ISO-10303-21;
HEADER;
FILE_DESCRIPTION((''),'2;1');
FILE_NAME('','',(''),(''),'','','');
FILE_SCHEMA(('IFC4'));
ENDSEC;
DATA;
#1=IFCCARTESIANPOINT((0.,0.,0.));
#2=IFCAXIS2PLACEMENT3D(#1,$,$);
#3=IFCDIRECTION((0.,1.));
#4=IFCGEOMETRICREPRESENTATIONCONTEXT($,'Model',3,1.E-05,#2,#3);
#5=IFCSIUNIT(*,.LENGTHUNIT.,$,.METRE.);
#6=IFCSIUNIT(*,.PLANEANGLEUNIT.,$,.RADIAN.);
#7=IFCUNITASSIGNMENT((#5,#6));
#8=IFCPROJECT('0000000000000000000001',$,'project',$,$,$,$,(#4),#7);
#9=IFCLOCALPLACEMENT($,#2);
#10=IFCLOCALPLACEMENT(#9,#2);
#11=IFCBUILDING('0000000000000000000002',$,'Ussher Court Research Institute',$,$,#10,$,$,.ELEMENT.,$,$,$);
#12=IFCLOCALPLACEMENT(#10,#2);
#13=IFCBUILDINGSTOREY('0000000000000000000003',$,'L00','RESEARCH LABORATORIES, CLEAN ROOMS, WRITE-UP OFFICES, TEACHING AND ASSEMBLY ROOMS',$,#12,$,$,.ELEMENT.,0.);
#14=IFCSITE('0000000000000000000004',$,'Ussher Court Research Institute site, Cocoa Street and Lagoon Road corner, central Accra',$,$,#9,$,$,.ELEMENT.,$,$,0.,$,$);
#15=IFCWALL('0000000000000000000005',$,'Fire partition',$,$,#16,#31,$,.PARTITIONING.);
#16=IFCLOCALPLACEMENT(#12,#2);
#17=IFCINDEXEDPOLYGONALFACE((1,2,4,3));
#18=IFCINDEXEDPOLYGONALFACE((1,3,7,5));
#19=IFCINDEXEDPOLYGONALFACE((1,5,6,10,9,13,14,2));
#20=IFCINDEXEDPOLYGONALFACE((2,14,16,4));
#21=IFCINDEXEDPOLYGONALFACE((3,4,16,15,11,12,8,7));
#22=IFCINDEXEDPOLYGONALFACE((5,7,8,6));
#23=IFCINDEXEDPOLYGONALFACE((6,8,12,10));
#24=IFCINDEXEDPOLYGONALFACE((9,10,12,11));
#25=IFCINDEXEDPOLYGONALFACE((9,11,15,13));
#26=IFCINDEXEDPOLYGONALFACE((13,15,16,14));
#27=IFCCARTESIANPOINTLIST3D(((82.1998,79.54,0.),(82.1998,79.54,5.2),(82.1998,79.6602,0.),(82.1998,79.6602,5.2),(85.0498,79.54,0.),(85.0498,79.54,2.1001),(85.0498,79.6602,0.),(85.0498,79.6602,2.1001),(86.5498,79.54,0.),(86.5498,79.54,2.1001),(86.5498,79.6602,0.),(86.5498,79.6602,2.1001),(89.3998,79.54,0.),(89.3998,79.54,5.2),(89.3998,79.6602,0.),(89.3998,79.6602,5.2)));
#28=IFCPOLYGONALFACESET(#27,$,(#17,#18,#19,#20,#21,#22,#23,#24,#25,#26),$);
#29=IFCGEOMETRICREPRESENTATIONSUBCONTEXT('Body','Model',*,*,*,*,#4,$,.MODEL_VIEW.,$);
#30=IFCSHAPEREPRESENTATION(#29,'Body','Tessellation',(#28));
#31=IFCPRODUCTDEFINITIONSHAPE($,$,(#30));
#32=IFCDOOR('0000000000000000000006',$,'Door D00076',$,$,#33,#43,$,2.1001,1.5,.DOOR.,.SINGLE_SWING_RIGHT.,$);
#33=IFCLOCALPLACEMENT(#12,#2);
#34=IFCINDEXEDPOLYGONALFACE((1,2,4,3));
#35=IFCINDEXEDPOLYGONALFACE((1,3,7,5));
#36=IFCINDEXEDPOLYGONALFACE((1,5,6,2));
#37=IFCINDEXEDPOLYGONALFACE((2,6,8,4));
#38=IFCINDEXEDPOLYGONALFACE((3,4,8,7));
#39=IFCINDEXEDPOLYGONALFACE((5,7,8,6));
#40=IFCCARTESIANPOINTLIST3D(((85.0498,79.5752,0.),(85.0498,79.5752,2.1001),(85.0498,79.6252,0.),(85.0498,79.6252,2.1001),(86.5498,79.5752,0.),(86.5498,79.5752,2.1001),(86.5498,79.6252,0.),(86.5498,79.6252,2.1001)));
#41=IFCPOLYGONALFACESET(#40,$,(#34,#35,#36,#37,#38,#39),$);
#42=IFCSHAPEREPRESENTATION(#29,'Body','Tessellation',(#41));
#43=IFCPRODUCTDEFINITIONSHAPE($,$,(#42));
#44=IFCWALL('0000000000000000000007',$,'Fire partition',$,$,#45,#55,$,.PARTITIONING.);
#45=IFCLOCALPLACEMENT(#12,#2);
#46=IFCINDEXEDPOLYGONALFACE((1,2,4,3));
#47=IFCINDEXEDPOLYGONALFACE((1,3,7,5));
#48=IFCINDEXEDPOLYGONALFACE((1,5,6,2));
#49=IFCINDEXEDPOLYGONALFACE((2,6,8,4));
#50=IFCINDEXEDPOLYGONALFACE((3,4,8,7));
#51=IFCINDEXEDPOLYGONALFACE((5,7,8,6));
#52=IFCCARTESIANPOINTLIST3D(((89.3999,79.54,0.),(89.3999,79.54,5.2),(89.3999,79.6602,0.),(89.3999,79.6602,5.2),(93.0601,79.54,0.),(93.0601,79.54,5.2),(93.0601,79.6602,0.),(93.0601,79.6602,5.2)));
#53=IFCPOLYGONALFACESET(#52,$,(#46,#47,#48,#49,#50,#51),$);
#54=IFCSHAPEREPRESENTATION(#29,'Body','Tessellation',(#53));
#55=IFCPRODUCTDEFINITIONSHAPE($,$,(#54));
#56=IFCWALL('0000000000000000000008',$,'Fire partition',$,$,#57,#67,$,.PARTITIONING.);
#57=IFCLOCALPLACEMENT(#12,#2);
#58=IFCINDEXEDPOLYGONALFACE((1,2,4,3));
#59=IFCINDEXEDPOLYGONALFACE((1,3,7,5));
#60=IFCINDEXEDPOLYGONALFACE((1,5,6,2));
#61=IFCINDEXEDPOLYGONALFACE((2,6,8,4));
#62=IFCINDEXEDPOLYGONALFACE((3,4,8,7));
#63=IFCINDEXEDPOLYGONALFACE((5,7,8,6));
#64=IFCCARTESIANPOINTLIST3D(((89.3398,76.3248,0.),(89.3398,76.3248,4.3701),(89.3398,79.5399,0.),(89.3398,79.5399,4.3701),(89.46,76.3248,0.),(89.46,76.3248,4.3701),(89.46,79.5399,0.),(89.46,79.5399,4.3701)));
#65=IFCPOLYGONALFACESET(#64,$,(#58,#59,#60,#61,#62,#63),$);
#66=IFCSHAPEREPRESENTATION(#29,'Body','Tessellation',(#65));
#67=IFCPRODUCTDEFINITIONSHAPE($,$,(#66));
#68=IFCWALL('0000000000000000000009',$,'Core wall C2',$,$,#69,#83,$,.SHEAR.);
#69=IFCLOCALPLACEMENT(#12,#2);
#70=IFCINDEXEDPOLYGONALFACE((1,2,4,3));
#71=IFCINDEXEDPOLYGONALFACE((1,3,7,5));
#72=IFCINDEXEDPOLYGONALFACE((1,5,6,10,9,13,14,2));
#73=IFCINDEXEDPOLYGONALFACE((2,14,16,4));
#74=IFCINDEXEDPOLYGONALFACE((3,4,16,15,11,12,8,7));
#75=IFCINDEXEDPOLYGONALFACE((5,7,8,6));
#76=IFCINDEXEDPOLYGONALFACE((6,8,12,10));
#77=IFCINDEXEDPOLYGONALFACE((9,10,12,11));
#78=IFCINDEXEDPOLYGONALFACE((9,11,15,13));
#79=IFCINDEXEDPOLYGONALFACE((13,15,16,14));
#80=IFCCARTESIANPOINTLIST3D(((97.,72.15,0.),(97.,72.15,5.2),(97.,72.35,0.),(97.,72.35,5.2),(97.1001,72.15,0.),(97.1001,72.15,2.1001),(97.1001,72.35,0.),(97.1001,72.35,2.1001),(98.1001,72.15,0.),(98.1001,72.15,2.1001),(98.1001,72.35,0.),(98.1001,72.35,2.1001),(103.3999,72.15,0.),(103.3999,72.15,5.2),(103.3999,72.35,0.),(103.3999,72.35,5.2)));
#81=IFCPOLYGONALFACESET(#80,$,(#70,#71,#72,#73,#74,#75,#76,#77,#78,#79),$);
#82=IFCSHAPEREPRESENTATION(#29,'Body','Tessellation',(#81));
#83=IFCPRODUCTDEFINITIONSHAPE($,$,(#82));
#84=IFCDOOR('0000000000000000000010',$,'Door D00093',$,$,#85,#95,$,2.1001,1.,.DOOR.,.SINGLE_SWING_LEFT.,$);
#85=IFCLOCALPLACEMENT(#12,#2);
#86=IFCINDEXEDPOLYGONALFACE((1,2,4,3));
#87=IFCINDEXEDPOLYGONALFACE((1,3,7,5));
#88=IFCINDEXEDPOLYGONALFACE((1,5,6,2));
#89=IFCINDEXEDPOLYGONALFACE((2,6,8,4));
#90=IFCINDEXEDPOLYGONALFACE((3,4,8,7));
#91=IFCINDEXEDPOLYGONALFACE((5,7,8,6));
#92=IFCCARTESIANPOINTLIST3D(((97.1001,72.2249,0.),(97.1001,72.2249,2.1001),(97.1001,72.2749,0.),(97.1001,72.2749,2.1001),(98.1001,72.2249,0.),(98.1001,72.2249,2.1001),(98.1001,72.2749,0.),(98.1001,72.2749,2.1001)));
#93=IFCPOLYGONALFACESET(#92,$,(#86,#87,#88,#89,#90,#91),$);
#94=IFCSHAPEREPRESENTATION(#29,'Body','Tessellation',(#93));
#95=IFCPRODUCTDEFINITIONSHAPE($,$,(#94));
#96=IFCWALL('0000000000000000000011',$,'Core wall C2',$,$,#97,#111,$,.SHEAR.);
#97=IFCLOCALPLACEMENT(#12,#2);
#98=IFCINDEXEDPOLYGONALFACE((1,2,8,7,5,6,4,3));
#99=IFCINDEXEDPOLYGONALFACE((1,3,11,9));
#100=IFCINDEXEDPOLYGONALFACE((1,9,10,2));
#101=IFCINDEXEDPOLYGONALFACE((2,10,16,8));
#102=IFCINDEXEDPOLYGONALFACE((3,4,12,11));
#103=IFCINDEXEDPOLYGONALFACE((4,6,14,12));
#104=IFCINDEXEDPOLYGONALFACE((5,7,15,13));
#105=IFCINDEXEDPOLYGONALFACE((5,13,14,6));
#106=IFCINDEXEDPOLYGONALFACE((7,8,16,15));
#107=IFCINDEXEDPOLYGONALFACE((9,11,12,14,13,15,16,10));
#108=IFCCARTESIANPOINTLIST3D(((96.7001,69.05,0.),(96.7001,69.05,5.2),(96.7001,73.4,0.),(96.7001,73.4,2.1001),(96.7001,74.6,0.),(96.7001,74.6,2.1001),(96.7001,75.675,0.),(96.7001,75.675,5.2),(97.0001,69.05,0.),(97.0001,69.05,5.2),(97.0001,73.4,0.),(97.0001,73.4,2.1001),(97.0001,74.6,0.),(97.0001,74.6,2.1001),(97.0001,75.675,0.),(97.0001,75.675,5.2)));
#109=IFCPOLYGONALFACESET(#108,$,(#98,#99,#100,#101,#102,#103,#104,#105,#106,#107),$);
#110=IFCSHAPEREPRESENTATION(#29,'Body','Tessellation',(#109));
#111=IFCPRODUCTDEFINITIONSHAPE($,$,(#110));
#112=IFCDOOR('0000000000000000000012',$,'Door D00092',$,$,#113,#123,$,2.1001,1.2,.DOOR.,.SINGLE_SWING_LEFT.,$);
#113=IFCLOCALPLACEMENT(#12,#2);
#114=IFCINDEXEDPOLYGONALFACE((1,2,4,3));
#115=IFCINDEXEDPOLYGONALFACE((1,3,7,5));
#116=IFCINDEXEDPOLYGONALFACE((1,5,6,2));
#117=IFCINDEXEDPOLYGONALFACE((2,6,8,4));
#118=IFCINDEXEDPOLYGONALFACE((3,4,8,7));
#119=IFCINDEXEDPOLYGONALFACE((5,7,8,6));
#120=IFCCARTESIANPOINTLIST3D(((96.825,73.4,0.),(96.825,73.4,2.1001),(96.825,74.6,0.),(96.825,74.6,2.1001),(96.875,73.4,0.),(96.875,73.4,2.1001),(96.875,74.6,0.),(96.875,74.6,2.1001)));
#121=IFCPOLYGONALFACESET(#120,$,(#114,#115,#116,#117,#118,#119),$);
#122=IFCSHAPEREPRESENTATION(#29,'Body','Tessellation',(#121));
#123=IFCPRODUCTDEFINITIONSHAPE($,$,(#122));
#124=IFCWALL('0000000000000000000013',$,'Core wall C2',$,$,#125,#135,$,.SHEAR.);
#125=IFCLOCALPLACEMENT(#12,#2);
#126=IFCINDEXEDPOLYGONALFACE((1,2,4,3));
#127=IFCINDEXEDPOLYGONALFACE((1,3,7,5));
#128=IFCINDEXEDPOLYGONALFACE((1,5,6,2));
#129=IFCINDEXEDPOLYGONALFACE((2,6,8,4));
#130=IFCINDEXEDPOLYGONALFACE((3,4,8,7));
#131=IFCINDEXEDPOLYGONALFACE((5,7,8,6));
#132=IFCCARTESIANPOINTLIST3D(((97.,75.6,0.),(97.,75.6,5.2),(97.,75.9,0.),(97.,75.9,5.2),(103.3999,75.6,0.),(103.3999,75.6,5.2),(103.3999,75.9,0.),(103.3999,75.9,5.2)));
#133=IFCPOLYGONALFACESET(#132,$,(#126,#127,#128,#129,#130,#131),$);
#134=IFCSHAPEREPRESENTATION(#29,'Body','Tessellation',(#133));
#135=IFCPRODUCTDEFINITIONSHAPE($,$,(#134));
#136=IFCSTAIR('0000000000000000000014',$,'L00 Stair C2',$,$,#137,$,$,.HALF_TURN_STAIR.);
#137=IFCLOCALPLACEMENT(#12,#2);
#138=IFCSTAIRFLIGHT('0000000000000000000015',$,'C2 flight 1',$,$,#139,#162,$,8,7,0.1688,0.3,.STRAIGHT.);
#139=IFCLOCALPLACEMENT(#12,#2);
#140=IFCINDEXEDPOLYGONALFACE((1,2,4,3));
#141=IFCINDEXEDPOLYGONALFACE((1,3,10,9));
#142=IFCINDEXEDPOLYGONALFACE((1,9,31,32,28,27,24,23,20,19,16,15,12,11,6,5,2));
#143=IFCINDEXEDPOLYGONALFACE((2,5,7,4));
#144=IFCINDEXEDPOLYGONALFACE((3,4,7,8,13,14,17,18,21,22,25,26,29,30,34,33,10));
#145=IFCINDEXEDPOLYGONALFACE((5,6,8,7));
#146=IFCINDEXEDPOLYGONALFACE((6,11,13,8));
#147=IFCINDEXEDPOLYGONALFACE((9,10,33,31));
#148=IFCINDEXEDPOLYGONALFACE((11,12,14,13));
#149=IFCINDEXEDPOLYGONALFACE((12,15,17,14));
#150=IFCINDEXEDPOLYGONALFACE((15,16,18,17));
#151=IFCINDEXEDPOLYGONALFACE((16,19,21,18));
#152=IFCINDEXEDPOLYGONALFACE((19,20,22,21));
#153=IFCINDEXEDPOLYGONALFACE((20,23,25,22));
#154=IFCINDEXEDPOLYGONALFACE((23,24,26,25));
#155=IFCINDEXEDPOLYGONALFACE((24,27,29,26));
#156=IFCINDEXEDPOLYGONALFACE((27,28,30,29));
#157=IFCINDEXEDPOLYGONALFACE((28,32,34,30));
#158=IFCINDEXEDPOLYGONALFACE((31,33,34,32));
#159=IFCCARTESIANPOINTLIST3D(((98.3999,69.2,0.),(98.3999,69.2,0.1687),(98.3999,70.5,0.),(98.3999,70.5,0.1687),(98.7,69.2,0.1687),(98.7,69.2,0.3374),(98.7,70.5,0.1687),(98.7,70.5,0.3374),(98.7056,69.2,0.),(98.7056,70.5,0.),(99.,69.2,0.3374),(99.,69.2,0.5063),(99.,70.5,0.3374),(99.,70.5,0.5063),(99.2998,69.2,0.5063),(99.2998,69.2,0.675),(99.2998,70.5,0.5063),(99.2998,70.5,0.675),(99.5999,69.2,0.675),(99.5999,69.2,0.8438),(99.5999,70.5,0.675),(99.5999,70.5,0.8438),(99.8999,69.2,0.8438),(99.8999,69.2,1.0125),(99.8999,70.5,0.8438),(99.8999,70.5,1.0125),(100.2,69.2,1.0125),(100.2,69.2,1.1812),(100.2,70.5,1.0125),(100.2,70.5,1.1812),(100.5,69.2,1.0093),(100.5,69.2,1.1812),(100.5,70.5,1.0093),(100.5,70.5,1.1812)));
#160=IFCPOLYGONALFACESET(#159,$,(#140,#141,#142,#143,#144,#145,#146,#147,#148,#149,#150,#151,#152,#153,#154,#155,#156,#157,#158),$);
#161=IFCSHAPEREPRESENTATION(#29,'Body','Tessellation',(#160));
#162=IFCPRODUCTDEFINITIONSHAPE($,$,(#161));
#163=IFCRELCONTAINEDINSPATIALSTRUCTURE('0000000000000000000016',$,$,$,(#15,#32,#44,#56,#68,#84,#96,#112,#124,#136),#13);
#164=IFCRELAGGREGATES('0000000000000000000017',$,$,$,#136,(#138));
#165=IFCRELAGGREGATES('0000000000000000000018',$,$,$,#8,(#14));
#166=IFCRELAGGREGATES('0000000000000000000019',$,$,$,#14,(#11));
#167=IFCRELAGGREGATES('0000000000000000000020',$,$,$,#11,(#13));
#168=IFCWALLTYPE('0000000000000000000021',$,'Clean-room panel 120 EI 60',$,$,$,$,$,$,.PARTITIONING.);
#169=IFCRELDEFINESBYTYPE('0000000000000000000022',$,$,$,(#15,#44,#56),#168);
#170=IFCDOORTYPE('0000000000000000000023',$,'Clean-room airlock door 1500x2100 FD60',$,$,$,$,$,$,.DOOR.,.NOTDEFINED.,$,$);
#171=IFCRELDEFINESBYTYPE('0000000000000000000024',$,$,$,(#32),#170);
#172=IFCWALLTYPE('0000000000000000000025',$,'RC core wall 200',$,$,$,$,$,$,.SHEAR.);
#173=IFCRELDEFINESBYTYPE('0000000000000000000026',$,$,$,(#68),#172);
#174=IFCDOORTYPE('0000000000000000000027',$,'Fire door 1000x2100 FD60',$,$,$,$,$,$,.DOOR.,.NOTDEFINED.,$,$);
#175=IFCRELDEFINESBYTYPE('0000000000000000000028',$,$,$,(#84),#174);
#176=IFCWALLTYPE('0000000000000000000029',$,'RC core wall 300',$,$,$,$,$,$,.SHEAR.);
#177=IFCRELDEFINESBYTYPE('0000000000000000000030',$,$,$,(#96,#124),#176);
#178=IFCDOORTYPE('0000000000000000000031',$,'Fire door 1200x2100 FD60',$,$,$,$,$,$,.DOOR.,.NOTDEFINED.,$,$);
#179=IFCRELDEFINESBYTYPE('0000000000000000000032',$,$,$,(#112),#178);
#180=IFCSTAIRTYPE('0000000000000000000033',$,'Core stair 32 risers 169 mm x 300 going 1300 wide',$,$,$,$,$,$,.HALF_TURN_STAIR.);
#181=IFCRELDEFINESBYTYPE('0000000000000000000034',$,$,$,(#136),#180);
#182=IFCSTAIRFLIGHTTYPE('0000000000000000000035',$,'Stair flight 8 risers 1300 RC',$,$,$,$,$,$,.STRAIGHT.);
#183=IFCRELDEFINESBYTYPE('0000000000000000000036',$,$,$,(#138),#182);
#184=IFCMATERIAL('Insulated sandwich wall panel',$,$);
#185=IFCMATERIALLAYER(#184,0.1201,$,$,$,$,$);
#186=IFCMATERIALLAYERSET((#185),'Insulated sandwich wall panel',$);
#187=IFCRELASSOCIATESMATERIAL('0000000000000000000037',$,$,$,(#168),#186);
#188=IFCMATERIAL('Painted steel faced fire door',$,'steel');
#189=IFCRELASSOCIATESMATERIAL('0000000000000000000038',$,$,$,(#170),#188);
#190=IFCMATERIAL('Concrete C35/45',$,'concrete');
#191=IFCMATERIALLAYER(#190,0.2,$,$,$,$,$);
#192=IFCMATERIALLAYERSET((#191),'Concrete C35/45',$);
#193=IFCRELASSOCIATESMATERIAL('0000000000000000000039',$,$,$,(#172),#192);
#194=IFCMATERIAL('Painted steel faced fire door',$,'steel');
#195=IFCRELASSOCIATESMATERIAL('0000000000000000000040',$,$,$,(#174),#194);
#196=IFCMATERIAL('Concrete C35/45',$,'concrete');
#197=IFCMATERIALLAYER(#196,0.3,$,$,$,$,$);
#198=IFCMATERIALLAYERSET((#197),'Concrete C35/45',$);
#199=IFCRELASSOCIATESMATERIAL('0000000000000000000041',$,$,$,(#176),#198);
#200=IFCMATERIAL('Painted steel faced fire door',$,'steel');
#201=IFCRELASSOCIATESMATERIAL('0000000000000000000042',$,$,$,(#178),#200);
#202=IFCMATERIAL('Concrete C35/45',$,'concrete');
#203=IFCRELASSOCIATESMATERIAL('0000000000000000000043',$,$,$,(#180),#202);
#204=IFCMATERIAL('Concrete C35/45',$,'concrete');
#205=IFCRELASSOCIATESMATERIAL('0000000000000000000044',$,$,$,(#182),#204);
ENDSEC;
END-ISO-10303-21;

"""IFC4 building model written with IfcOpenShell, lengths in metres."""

from ifc_helpers import new_model, si_unit, direction, frame, frame_2d, origin, place, context, subcontext, project, spatial, polyline, rectangle, outline, extrude, material, layer, layer_set, type_object, element, fill, aggregate, save


model = new_model("IFC4")

# Units and contexts
model_context = context("Model", 3, precision=1e-05, world=origin(), true_north=direction((0.0, 1.0)))
body_context = subcontext(model_context, "Body", "Model", "MODEL_VIEW")
ifc_project = project(units=[si_unit("LENGTHUNIT", "METRE"), si_unit("PLANEANGLEUNIT", "RADIAN")], contexts=[model_context])

# Site, building, storey
site_placement = place(None, origin())
site = spatial("IfcSite", under=ifc_project, at=site_placement, Name="Ussher Court Research Institute site, Cocoa Street and Lagoon Road corner, central Accra", CompositionType="ELEMENT", RefElevation=0.0)
building_placement = place(site_placement, origin())
building = spatial("IfcBuilding", under=site, at=building_placement, Name="Ussher Court Research Institute", CompositionType="ELEMENT")
storey_placement = place(building_placement, origin())
storey = spatial("IfcBuildingStorey", under=building, at=storey_placement, Name="L00", Description="RESEARCH LABORATORIES, CLEAN ROOMS, WRITE-UP OFFICES, TEACHING AND ASSEMBLY ROOMS", CompositionType="ELEMENT", Elevation=0.0)

# Wall, opening, door
ifc_material_1 = material(Name="Insulated sandwich wall panel")
ifc_layer_1 = layer(ifc_material_1, 0.1201)
ifc_layer_set_1 = layer_set([ifc_layer_1], Name="Insulated sandwich wall panel")
wall_type_1 = type_object("IfcWallType", Name="Clean-room panel 120 EI 60", PredefinedType="PARTITIONING", material=ifc_layer_set_1)
wall_1_placement = place(storey_placement, frame((89.3999, 79.6001, 0.0), z_axis=(0.0, 0.0, 1.0), x_axis=(-1.0, 0.0, 0.0)))
wall_1 = element("IfcWall", 1, at=wall_1_placement, inside=storey, type_object=wall_type_1, Name="Fire partition", PredefinedType="PARTITIONING", context=body_context, shape_type="SweptSolid", body=[
    extrude(rectangle(XDim=7.2, YDim=0.1201, at=frame_2d((3.6001, 0.0))), origin(), (0.0, 0.0, 1.0), 5.2),
])
opening_1_placement = place(wall_1_placement, frame((2.8501, 0.0, 0.0)))
opening_1 = element("IfcOpeningElement", 2, at=opening_1_placement, cuts=wall_1, PredefinedType="OPENING", context=body_context, shape_type="SweptSolid", body=[
    extrude(rectangle(XDim=1.5, YDim=2.1001, at=frame_2d((0.75, 1.05))), frame((0.0, 0.0701, 0.0), z_axis=(0.0, -1.0, 0.0), x_axis=(1.0, 0.0, 0.0)), (0.0, 0.0, 1.0), 0.1401),
])
ifc_material_2 = material(Name="Painted steel faced fire door", Category="steel")
door_type_1 = type_object("IfcDoorType", Name="Clean-room airlock door 1500x2100 FD60", OperationType="NOTDEFINED", PredefinedType="DOOR", material=ifc_material_2)
door_1_placement = place(opening_1_placement, origin())
door_1 = element("IfcDoor", 3, at=door_1_placement, inside=storey, type_object=door_type_1, Name="Door D00076", OperationType="SINGLE_SWING_RIGHT", OverallHeight=2.1001, OverallWidth=1.5, PredefinedType="DOOR", context=body_context, shape_type="SweptSolid", body=[
    extrude(rectangle(XDim=1.5, YDim=2.1001, at=frame_2d((0.75, 1.05))), frame((0.0, 0.0249, 0.0), z_axis=(0.0, -1.0, 0.0), x_axis=(1.0, 0.0, 0.0)), (0.0, 0.0, 1.0), 0.05),
])
fill(opening_1, door_1)

# Walls
wall_2_placement = place(storey_placement, frame((89.3999, 79.6001, 0.0), z_axis=(0.0, 0.0, 1.0), x_axis=(1.0, 0.0, 0.0)))
element("IfcWall", 4, at=wall_2_placement, inside=storey, type_object=wall_type_1, Name="Fire partition", PredefinedType="PARTITIONING", context=body_context, shape_type="SweptSolid", body=[
    extrude(rectangle(XDim=3.6602, YDim=0.1201, at=frame_2d((1.8301, 0.0))), origin(), (0.0, 0.0, 1.0), 5.2),
])
wall_3_placement = place(storey_placement, frame((89.3999, 76.325, 0.0), z_axis=(0.0, 0.0, 1.0), x_axis=(0.0, 1.0, 0.0)))
element("IfcWall", 5, at=wall_3_placement, inside=storey, type_object=wall_type_1, Name="Fire partition", PredefinedType="PARTITIONING", context=body_context, shape_type="SweptSolid", body=[
    extrude(rectangle(XDim=3.2151, YDim=0.1201, at=frame_2d((1.6074, 0.0))), origin(), (0.0, 0.0, 1.0), 4.3701),
])

# Walls, openings, doors
ifc_material_3 = material(Name="Concrete C35/45", Category="concrete")
ifc_layer_2 = layer(ifc_material_3, 0.2)
ifc_layer_set_2 = layer_set([ifc_layer_2], Name="Concrete C35/45")
wall_type_2 = type_object("IfcWallType", Name="RC core wall 200", PredefinedType="SHEAR", material=ifc_layer_set_2)
wall_4_placement = place(storey_placement, frame((97.0, 72.25, 0.0), z_axis=(0.0, 0.0, 1.0), x_axis=(1.0, 0.0, 0.0)))
wall_4 = element("IfcWall", 6, at=wall_4_placement, inside=storey, type_object=wall_type_2, Name="Core wall C2", PredefinedType="SHEAR", context=body_context, shape_type="SweptSolid", body=[
    extrude(rectangle(XDim=6.3999, YDim=0.2, at=frame_2d((3.2, 0.0))), origin(), (0.0, 0.0, 1.0), 5.2),
])
opening_2_placement = place(wall_4_placement, frame((0.1001, 0.0, 0.0)))
opening_2 = element("IfcOpeningElement", 7, at=opening_2_placement, cuts=wall_4, PredefinedType="OPENING", context=body_context, shape_type="SweptSolid", body=[
    extrude(rectangle(XDim=1.0, YDim=2.1001, at=frame_2d((0.5, 1.05))), frame((0.0, 0.1099, 0.0), z_axis=(0.0, -1.0, 0.0), x_axis=(1.0, 0.0, 0.0)), (0.0, 0.0, 1.0), 0.22),
])
ifc_material_4 = material(Name="Painted steel faced fire door", Category="steel")
door_type_2 = type_object("IfcDoorType", Name="Fire door 1000x2100 FD60", OperationType="NOTDEFINED", PredefinedType="DOOR", material=ifc_material_4)
door_2_placement = place(opening_2_placement, origin())
door_2 = element("IfcDoor", 8, at=door_2_placement, inside=storey, type_object=door_type_2, Name="Door D00093", OperationType="SINGLE_SWING_LEFT", OverallHeight=2.1001, OverallWidth=1.0, PredefinedType="DOOR", context=body_context, shape_type="SweptSolid", body=[
    extrude(rectangle(XDim=1.0, YDim=2.1001, at=frame_2d((0.5, 1.05))), frame((0.0, 0.0249, 0.0), z_axis=(0.0, -1.0, 0.0), x_axis=(1.0, 0.0, 0.0)), (0.0, 0.0, 1.0), 0.05),
])
fill(opening_2, door_2)
ifc_material_5 = material(Name="Concrete C35/45", Category="concrete")
ifc_layer_3 = layer(ifc_material_5, 0.3)
ifc_layer_set_3 = layer_set([ifc_layer_3], Name="Concrete C35/45")
wall_type_3 = type_object("IfcWallType", Name="RC core wall 300", PredefinedType="SHEAR", material=ifc_layer_set_3)
wall_5_placement = place(storey_placement, frame((96.8501, 75.675, 0.0), z_axis=(0.0, 0.0, 1.0), x_axis=(0.0, -1.0, 0.0)))
wall_5 = element("IfcWall", 9, at=wall_5_placement, inside=storey, type_object=wall_type_3, Name="Core wall C2", PredefinedType="SHEAR", context=body_context, shape_type="SweptSolid", body=[
    extrude(rectangle(XDim=6.625, YDim=0.3, at=frame_2d((3.3125, 0.0))), origin(), (0.0, 0.0, 1.0), 5.2),
])
opening_3_placement = place(wall_5_placement, frame((1.075, 0.0, 0.0)))
opening_3 = element("IfcOpeningElement", 10, at=opening_3_placement, cuts=wall_5, PredefinedType="OPENING", context=body_context, shape_type="SweptSolid", body=[
    extrude(rectangle(XDim=1.2, YDim=2.1001, at=frame_2d((0.6001, 1.05))), frame((0.0, 0.1602, 0.0), z_axis=(0.0, -1.0, 0.0), x_axis=(1.0, 0.0, 0.0)), (0.0, 0.0, 1.0), 0.3201),
])
ifc_material_6 = material(Name="Painted steel faced fire door", Category="steel")
door_type_3 = type_object("IfcDoorType", Name="Fire door 1200x2100 FD60", OperationType="NOTDEFINED", PredefinedType="DOOR", material=ifc_material_6)
door_3_placement = place(opening_3_placement, origin())
door_3 = element("IfcDoor", 11, at=door_3_placement, inside=storey, type_object=door_type_3, Name="Door D00092", OperationType="SINGLE_SWING_LEFT", OverallHeight=2.1001, OverallWidth=1.2, PredefinedType="DOOR", context=body_context, shape_type="SweptSolid", body=[
    extrude(rectangle(XDim=1.2, YDim=2.1001, at=frame_2d((0.6001, 1.05))), frame((0.0, 0.0249, 0.0), z_axis=(0.0, -1.0, 0.0), x_axis=(1.0, 0.0, 0.0)), (0.0, 0.0, 1.0), 0.05),
])
fill(opening_3, door_3)

# Wall
wall_6_placement = place(storey_placement, frame((97.0, 75.75, 0.0), z_axis=(0.0, 0.0, 1.0), x_axis=(1.0, 0.0, 0.0)))
element("IfcWall", 12, at=wall_6_placement, inside=storey, type_object=wall_type_3, Name="Core wall C2", PredefinedType="SHEAR", context=body_context, shape_type="SweptSolid", body=[
    extrude(rectangle(XDim=6.3999, YDim=0.3, at=frame_2d((3.2, 0.0))), origin(), (0.0, 0.0, 1.0), 5.2),
])

# Stair, stair flight
ifc_material_7 = material(Name="Concrete C35/45", Category="concrete")
stair_type = type_object("IfcStairType", Name="Core stair 32 risers 169 mm x 300 going 1300 wide", PredefinedType="HALF_TURN_STAIR", material=ifc_material_7)
stair_placement = place(storey_placement, origin())
stair = element("IfcStair", 13, at=stair_placement, inside=storey, type_object=stair_type, Name="L00 Stair C2", PredefinedType="HALF_TURN_STAIR")
ifc_material_8 = material(Name="Concrete C35/45", Category="concrete")
stair_flight_type = type_object("IfcStairFlightType", Name="Stair flight 8 risers 1300 RC", PredefinedType="STRAIGHT", material=ifc_material_8)
stair_flight_1_placement = place(storey_placement, frame((98.3999, 69.8501, 0.0), z_axis=(0.0, 0.0, 1.0), x_axis=(1.0, 0.0, 0.0)))
stair_flight_1 = element("IfcStairFlight", 14, at=stair_flight_1_placement, type_object=stair_flight_type, Name="C2 flight 1", NumberOfRisers=8, NumberOfTreads=7, PredefinedType="STRAIGHT", RiserHeight=0.1688, TreadLength=0.3, context=body_context, shape_type="SweptSolid", body=[
    extrude(outline(polyline([(0.0, 0.0), (0.0, 0.1687), (0.3, 0.1687), (0.3, 0.3374), (0.6001, 0.3374), (0.6001, 0.5063), (0.8999, 0.5063), (0.8999, 0.675), (1.2, 0.675), (1.2, 0.8438), (1.5, 0.8438), (1.5, 1.0125), (1.8, 1.0125), (1.8, 1.1812), (2.1001, 1.1812), (2.1001, 1.3501), (2.1001, 1.0093), (0.3057, 0.0), (0.0, 0.0)])), frame((0.0, 0.6499, 0.0), z_axis=(0.0, -1.0, 0.0), x_axis=(1.0, 0.0, 0.0)), (0.0, 0.0, 1.0), 1.3),
])
aggregate(stair, [stair_flight_1])

save(model, "model.ifc")
